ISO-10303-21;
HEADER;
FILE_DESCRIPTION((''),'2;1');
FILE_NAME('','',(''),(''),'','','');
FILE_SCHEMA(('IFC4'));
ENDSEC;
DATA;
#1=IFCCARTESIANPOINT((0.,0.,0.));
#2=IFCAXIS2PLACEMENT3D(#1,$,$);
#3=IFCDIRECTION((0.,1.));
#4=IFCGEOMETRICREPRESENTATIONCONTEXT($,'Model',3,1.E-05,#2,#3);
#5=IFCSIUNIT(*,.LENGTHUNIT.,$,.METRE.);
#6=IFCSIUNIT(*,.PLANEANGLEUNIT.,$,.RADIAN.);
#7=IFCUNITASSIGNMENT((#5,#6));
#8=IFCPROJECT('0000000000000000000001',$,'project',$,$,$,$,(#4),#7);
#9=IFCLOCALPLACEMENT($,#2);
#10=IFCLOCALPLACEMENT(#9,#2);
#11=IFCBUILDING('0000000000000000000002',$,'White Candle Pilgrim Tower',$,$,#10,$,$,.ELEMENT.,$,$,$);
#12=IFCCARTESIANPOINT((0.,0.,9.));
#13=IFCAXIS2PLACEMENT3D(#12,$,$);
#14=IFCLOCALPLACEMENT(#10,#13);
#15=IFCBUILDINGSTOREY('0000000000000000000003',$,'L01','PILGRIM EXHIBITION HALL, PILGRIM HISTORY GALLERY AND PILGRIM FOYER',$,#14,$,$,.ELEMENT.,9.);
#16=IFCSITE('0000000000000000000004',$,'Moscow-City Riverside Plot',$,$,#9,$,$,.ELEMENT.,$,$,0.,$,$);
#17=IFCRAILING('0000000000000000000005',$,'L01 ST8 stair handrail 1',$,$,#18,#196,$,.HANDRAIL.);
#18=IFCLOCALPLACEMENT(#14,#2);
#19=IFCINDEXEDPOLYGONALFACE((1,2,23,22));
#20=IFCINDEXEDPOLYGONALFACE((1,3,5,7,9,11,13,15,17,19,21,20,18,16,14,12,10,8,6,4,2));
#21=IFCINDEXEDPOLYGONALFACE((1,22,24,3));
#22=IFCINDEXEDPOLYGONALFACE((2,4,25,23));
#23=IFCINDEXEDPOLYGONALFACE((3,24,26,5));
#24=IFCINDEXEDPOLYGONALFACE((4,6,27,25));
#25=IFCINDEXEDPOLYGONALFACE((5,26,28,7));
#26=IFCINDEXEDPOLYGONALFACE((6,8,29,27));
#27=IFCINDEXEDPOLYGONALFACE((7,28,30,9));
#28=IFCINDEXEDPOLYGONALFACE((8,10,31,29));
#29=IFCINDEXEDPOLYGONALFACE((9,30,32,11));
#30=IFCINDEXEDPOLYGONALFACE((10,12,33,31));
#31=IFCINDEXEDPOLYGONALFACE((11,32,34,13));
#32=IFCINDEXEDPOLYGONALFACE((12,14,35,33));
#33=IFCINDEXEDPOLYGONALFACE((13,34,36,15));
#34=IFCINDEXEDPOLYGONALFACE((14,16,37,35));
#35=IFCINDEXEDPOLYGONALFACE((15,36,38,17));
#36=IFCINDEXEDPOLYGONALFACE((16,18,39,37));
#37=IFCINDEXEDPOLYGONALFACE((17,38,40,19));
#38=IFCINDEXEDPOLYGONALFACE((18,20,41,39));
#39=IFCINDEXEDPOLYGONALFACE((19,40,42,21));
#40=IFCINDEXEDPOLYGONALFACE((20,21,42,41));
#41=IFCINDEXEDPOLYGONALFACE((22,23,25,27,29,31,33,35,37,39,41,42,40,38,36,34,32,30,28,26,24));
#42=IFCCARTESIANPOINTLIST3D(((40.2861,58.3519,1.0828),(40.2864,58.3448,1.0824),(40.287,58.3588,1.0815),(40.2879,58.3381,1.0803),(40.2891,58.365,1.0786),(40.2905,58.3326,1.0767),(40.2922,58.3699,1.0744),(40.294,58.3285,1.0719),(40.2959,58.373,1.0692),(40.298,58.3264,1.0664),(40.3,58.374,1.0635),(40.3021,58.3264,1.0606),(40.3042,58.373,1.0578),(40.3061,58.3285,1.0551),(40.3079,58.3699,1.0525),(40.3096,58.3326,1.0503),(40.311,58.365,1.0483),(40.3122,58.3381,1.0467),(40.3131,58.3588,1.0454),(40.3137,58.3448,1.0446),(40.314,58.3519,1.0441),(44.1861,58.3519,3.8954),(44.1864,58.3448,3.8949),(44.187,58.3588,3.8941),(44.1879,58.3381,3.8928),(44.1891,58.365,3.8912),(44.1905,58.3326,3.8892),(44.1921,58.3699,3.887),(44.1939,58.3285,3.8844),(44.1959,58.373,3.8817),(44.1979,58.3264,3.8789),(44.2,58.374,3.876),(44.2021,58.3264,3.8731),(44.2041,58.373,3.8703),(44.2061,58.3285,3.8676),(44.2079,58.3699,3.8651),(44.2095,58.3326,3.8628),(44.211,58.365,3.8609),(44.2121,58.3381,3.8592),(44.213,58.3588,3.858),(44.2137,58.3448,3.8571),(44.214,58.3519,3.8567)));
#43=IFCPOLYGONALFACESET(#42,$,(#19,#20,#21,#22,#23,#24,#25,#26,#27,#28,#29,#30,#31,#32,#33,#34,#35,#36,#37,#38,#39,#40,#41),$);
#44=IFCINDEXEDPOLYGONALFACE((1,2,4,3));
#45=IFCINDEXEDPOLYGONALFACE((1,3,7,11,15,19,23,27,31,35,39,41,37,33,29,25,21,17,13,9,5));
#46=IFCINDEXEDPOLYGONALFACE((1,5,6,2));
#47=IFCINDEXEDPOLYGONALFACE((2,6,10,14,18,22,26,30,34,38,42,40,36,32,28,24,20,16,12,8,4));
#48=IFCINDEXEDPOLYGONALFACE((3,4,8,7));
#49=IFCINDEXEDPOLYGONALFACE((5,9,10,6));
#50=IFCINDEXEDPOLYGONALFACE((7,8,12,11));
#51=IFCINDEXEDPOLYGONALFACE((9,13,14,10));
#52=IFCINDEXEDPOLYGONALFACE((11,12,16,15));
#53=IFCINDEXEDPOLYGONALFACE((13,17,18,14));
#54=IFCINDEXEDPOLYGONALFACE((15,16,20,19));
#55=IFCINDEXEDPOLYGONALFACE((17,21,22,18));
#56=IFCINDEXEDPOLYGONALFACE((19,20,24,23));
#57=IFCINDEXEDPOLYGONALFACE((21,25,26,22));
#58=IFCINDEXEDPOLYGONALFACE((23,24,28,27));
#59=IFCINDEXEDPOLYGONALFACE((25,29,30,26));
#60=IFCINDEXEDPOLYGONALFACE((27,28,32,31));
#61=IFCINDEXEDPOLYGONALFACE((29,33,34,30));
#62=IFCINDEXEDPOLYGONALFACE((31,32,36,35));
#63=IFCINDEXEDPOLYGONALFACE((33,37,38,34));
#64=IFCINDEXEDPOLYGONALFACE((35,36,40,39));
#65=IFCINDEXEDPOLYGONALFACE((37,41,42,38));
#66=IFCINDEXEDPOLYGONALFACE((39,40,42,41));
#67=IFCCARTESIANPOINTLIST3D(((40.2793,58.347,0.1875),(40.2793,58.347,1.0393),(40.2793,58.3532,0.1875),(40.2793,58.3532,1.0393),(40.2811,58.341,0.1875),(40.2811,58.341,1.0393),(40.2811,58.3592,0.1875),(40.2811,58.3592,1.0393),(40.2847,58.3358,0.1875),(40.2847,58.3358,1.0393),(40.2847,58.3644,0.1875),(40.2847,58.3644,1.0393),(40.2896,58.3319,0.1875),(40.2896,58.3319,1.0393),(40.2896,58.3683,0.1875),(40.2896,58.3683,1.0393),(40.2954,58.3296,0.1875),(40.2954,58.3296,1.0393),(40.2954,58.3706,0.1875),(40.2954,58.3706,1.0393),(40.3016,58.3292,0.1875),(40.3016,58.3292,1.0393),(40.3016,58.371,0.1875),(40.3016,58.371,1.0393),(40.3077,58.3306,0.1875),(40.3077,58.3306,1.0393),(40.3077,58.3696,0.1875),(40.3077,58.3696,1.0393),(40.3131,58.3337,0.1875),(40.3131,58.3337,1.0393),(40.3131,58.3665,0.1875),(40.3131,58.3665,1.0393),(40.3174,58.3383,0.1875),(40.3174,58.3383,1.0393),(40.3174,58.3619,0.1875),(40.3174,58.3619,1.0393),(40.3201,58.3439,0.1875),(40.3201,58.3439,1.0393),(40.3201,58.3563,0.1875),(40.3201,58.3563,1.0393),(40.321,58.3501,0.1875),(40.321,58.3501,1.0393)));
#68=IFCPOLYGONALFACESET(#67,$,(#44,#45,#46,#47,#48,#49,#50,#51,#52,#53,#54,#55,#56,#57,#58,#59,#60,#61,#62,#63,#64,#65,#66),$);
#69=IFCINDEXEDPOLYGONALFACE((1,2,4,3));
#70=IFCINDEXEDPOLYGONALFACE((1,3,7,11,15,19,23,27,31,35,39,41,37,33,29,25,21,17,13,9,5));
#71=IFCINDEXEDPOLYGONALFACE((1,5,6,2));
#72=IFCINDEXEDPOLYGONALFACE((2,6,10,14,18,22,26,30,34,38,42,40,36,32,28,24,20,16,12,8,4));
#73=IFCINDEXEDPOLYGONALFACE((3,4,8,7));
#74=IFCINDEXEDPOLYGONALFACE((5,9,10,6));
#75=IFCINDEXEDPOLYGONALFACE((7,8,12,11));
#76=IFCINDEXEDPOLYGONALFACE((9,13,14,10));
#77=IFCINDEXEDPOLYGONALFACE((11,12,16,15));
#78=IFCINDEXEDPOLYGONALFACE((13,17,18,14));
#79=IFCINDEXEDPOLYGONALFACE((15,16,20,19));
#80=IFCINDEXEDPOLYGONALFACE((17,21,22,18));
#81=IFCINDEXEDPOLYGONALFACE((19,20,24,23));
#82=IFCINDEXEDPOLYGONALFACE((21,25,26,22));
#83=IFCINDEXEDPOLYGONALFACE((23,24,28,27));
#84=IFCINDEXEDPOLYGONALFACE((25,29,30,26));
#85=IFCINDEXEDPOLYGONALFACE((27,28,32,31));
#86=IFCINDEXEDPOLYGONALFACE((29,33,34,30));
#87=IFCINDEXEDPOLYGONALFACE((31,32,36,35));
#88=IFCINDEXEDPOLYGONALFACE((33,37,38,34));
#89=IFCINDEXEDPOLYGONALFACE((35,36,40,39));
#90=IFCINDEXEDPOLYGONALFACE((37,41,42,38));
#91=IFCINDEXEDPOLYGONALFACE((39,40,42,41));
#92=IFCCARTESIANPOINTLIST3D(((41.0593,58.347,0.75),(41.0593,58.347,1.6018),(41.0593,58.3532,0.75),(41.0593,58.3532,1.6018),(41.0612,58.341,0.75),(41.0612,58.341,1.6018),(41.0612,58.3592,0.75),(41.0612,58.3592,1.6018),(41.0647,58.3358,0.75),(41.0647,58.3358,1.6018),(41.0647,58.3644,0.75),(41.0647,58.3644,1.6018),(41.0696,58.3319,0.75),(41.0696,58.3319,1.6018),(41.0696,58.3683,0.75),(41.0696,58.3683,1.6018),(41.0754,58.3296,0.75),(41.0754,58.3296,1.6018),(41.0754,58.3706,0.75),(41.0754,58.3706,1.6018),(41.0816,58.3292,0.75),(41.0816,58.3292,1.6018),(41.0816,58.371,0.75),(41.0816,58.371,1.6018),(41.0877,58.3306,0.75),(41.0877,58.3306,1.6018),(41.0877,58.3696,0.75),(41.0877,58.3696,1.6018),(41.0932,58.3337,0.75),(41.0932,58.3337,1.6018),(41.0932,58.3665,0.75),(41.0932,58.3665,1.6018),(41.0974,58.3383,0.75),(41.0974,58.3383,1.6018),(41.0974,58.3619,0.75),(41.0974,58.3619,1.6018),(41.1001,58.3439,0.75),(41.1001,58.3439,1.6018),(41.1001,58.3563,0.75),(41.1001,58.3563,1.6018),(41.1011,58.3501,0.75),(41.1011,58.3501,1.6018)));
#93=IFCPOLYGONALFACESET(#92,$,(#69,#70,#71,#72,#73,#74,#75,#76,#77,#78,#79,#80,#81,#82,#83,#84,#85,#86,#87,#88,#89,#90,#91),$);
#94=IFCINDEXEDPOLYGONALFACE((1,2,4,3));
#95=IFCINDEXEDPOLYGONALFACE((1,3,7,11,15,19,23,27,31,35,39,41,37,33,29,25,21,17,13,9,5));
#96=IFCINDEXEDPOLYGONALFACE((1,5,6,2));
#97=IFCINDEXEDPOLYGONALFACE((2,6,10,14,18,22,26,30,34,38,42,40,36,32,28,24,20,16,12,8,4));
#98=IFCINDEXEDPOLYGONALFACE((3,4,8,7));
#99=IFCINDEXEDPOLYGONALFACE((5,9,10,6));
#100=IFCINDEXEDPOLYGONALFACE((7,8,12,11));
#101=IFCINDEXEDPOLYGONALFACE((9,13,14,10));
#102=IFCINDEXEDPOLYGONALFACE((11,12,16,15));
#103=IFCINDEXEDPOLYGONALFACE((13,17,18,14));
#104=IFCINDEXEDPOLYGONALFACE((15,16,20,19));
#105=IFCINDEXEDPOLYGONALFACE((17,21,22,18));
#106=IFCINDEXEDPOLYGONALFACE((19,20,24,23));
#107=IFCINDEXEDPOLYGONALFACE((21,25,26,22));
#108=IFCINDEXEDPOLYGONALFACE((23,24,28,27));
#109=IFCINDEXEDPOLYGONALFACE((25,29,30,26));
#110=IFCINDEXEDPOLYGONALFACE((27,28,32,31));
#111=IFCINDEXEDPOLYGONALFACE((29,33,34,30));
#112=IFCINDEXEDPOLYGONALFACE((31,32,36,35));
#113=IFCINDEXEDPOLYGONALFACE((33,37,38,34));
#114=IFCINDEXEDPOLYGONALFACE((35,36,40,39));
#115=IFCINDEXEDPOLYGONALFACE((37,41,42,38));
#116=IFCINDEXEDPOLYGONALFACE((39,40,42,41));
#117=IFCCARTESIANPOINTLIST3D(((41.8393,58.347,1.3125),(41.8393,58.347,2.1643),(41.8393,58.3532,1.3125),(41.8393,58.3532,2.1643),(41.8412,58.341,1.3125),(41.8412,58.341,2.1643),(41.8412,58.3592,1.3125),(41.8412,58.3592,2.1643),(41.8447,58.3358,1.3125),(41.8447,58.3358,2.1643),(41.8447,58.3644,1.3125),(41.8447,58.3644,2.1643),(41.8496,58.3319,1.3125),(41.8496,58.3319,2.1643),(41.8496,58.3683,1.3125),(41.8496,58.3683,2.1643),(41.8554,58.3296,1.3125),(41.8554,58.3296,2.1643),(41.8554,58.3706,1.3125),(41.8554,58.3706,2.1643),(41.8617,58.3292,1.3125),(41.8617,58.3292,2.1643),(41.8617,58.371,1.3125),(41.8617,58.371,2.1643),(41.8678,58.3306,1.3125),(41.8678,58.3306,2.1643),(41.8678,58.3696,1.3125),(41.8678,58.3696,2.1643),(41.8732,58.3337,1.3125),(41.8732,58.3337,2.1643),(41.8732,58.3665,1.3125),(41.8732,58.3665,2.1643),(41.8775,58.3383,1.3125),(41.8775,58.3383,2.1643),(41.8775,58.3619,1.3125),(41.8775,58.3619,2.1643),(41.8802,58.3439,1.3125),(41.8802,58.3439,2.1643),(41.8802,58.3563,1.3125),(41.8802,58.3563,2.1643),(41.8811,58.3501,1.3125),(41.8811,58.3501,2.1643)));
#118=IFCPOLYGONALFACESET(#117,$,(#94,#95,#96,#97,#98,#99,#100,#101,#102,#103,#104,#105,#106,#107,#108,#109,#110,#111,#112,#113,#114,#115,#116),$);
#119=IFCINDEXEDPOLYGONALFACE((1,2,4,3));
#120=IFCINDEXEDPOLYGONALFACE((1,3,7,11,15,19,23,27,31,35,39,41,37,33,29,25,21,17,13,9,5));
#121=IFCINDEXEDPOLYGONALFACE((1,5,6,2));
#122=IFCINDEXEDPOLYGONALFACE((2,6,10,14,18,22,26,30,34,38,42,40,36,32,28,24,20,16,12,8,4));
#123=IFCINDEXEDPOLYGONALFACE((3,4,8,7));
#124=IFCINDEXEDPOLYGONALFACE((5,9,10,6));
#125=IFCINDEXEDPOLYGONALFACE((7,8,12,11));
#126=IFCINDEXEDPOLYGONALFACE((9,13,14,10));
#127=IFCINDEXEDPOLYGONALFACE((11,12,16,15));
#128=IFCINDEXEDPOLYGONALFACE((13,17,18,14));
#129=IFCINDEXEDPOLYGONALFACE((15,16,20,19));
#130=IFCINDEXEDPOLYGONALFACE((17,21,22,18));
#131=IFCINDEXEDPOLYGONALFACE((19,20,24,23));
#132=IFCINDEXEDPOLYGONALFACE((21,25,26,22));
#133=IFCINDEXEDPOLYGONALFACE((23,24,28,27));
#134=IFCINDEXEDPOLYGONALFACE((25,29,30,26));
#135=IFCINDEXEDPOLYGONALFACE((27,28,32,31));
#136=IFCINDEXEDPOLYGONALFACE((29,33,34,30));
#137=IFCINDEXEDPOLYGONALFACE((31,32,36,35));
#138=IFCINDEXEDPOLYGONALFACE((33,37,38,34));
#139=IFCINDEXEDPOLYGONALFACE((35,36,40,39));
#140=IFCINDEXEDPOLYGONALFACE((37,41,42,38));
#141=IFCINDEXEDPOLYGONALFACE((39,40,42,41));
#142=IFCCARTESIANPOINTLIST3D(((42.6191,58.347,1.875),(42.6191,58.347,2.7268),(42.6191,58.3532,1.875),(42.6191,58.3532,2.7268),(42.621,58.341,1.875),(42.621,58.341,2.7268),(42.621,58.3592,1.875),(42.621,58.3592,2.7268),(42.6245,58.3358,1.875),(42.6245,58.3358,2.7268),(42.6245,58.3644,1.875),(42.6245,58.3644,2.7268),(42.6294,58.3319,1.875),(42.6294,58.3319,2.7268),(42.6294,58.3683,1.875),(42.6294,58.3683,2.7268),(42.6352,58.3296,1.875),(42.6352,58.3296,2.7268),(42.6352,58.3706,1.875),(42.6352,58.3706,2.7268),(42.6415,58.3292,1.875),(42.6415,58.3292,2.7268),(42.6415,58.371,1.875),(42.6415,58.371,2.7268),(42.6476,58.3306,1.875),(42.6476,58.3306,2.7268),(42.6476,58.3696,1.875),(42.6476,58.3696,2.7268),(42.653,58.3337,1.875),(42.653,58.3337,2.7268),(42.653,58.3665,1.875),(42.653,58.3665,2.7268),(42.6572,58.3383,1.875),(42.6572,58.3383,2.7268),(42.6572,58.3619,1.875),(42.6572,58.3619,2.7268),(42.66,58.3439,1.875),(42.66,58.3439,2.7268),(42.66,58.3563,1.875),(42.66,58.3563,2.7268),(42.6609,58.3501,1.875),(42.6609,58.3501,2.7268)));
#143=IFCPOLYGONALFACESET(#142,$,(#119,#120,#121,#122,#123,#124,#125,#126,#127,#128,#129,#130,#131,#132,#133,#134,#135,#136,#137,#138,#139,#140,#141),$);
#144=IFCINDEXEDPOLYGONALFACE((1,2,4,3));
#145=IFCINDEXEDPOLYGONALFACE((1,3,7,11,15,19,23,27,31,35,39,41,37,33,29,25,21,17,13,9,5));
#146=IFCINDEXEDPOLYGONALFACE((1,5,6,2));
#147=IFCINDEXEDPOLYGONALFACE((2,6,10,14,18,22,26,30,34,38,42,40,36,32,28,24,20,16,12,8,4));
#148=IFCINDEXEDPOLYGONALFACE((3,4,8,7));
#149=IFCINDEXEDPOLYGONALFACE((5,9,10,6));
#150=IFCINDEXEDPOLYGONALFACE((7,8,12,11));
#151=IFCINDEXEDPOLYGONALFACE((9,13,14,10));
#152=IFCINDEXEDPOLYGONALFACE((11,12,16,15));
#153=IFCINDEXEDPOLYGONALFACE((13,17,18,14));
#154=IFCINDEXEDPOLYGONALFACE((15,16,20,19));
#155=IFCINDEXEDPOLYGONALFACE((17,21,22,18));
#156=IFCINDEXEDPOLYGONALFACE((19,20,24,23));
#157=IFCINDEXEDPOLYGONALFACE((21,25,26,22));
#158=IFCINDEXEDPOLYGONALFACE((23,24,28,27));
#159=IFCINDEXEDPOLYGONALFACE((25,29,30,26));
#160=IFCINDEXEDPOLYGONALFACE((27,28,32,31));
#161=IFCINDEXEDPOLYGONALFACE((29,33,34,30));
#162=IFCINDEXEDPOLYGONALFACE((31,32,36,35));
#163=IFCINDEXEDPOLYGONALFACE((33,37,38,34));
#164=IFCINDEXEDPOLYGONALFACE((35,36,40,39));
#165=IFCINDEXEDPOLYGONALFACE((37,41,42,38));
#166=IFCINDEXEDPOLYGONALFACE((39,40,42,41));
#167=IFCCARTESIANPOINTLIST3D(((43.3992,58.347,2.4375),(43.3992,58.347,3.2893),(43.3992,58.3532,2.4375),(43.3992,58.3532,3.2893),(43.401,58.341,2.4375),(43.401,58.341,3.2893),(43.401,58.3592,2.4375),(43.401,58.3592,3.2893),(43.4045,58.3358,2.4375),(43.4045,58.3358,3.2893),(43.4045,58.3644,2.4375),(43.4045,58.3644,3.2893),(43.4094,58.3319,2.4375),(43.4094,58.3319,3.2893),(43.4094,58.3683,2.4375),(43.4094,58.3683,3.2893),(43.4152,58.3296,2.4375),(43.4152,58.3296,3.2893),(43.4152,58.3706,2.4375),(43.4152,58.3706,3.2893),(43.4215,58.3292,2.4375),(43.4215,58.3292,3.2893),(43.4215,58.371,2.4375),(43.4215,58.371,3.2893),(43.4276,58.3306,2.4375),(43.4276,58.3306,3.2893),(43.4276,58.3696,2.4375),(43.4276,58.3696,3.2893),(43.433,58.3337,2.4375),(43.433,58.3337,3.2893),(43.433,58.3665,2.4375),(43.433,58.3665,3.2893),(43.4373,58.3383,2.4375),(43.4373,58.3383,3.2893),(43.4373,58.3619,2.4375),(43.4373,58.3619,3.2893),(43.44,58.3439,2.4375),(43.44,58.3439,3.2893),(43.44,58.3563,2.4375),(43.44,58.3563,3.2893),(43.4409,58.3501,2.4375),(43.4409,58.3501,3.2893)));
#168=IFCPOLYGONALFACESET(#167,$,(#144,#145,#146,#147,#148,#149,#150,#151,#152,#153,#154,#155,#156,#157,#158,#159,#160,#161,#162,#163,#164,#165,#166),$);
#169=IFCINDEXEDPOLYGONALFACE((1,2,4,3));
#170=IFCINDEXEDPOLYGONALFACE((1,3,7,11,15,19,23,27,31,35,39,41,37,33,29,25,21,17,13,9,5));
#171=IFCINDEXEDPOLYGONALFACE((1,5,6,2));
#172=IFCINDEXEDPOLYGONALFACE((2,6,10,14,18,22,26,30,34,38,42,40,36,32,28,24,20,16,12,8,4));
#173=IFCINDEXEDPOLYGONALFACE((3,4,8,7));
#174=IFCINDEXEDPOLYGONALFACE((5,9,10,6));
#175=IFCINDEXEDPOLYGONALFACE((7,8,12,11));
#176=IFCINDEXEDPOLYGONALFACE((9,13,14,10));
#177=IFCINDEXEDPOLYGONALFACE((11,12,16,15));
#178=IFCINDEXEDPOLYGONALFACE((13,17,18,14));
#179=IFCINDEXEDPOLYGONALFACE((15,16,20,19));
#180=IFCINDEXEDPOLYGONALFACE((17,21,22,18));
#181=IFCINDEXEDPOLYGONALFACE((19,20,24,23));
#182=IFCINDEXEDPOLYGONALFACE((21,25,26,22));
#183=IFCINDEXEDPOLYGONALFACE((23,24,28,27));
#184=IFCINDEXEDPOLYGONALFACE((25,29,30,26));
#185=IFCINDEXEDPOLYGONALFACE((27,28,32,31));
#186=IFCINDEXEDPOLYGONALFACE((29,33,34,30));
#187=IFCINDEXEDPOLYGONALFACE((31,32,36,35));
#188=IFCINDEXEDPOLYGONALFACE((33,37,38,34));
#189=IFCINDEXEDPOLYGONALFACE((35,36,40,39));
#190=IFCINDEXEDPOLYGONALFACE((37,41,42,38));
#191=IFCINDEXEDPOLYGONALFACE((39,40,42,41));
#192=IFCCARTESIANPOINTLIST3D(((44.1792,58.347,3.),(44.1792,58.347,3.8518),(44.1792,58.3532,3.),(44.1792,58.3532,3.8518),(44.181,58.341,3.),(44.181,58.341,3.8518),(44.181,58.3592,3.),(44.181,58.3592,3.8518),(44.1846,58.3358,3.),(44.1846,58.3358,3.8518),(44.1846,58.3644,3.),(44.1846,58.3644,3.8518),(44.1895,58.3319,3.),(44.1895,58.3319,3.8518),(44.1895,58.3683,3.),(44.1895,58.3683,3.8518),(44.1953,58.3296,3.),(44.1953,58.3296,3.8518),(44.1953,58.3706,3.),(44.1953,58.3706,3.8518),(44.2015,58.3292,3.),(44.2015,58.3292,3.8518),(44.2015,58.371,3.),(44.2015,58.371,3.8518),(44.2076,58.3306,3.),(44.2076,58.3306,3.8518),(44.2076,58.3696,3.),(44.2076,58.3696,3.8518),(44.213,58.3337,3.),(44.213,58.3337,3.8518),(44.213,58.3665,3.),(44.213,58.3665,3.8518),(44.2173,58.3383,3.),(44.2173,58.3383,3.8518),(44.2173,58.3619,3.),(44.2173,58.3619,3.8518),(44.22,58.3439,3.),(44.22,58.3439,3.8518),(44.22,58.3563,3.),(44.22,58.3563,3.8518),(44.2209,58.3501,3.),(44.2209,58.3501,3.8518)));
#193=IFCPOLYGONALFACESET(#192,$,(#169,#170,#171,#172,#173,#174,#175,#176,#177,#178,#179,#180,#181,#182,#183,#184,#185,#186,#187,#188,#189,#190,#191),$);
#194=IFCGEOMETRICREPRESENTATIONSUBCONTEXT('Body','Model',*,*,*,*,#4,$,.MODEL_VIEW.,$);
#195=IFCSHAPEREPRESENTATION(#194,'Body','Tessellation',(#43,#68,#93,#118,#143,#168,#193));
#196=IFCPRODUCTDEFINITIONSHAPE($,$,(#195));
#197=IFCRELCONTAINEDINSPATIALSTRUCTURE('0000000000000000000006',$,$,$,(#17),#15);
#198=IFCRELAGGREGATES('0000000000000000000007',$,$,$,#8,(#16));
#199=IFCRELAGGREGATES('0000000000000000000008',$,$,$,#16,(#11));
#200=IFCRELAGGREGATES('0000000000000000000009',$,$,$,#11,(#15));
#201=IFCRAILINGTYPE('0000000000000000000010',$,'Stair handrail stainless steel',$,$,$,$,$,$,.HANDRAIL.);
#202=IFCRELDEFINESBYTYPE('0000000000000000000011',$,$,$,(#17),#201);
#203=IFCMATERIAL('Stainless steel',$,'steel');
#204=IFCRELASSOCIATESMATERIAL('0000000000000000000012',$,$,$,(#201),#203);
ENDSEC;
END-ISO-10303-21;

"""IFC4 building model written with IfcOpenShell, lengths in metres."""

from ifc_helpers import new_model, si_unit, direction, frame, origin, origin_2d, place, context, subcontext, project, spatial, circle, extrude, material, type_object, element, save


model = new_model("IFC4")

# Units and contexts
model_context = context("Model", 3, precision=1e-05, world=origin(), true_north=direction((0.0, 1.0)))
body_context = subcontext(model_context, "Body", "Model", "MODEL_VIEW")
ifc_project = project(units=[si_unit("LENGTHUNIT", "METRE"), si_unit("PLANEANGLEUNIT", "RADIAN")], contexts=[model_context])

# Site, building, storey
site_placement = place(None, origin())
site = spatial("IfcSite", under=ifc_project, at=site_placement, Name="Moscow-City Riverside Plot", CompositionType="ELEMENT", RefElevation=0.0)
building_placement = place(site_placement, origin())
building = spatial("IfcBuilding", under=site, at=building_placement, Name="White Candle Pilgrim Tower", CompositionType="ELEMENT")
storey_placement = place(building_placement, frame((0.0, 0.0, 9.0)))
storey = spatial("IfcBuildingStorey", under=building, at=storey_placement, Name="L01", Description="PILGRIM EXHIBITION HALL, PILGRIM HISTORY GALLERY AND PILGRIM FOYER", CompositionType="ELEMENT", Elevation=9.0)

# Railing
ifc_material_1 = material(Name="Stainless steel", Category="steel")
railing_type_1 = type_object("IfcRailingType", Name="Stair handrail stainless steel", PredefinedType="HANDRAIL", material=ifc_material_1)
railing_1_placement = place(storey_placement, frame((40.3, 58.3501, 0.1875)))
element("IfcRailing", 1, at=railing_1_placement, inside=storey, type_object=railing_type_1, Name="L01 ST8 stair handrail 1", PredefinedType="HANDRAIL", context=body_context, shape_type="SweptSolid", body=[
    extrude(circle(Radius=0.0239, at=origin_2d()), frame((0.0, 0.0, 0.876), z_axis=(0.811083, 0.0, 0.584931), x_axis=(0.0, 1.0, 0.0)), (0.0, 0.0, 1.0), 4.8083),
    extrude(circle(Radius=0.021, at=origin_2d()), origin(), (0.0, 0.0, 1.0), 0.8518),
    extrude(circle(Radius=0.021, at=origin_2d()), frame((0.78, 0.0, 0.5625)), (0.0, 0.0, 1.0), 0.8518),
    extrude(circle(Radius=0.021, at=origin_2d()), frame((1.5601, 0.0, 1.125)), (0.0, 0.0, 1.0), 0.8518),
    extrude(circle(Radius=0.021, at=origin_2d()), frame((2.3398, 0.0, 1.6875)), (0.0, 0.0, 1.0), 0.8518),
    extrude(circle(Radius=0.021, at=origin_2d()), frame((3.1199, 0.0, 2.25)), (0.0, 0.0, 1.0), 0.8518),
    extrude(circle(Radius=0.021, at=origin_2d()), frame((3.8999, 0.0, 2.8125)), (0.0, 0.0, 1.0), 0.8518),
])

save(model, "model.ifc")
